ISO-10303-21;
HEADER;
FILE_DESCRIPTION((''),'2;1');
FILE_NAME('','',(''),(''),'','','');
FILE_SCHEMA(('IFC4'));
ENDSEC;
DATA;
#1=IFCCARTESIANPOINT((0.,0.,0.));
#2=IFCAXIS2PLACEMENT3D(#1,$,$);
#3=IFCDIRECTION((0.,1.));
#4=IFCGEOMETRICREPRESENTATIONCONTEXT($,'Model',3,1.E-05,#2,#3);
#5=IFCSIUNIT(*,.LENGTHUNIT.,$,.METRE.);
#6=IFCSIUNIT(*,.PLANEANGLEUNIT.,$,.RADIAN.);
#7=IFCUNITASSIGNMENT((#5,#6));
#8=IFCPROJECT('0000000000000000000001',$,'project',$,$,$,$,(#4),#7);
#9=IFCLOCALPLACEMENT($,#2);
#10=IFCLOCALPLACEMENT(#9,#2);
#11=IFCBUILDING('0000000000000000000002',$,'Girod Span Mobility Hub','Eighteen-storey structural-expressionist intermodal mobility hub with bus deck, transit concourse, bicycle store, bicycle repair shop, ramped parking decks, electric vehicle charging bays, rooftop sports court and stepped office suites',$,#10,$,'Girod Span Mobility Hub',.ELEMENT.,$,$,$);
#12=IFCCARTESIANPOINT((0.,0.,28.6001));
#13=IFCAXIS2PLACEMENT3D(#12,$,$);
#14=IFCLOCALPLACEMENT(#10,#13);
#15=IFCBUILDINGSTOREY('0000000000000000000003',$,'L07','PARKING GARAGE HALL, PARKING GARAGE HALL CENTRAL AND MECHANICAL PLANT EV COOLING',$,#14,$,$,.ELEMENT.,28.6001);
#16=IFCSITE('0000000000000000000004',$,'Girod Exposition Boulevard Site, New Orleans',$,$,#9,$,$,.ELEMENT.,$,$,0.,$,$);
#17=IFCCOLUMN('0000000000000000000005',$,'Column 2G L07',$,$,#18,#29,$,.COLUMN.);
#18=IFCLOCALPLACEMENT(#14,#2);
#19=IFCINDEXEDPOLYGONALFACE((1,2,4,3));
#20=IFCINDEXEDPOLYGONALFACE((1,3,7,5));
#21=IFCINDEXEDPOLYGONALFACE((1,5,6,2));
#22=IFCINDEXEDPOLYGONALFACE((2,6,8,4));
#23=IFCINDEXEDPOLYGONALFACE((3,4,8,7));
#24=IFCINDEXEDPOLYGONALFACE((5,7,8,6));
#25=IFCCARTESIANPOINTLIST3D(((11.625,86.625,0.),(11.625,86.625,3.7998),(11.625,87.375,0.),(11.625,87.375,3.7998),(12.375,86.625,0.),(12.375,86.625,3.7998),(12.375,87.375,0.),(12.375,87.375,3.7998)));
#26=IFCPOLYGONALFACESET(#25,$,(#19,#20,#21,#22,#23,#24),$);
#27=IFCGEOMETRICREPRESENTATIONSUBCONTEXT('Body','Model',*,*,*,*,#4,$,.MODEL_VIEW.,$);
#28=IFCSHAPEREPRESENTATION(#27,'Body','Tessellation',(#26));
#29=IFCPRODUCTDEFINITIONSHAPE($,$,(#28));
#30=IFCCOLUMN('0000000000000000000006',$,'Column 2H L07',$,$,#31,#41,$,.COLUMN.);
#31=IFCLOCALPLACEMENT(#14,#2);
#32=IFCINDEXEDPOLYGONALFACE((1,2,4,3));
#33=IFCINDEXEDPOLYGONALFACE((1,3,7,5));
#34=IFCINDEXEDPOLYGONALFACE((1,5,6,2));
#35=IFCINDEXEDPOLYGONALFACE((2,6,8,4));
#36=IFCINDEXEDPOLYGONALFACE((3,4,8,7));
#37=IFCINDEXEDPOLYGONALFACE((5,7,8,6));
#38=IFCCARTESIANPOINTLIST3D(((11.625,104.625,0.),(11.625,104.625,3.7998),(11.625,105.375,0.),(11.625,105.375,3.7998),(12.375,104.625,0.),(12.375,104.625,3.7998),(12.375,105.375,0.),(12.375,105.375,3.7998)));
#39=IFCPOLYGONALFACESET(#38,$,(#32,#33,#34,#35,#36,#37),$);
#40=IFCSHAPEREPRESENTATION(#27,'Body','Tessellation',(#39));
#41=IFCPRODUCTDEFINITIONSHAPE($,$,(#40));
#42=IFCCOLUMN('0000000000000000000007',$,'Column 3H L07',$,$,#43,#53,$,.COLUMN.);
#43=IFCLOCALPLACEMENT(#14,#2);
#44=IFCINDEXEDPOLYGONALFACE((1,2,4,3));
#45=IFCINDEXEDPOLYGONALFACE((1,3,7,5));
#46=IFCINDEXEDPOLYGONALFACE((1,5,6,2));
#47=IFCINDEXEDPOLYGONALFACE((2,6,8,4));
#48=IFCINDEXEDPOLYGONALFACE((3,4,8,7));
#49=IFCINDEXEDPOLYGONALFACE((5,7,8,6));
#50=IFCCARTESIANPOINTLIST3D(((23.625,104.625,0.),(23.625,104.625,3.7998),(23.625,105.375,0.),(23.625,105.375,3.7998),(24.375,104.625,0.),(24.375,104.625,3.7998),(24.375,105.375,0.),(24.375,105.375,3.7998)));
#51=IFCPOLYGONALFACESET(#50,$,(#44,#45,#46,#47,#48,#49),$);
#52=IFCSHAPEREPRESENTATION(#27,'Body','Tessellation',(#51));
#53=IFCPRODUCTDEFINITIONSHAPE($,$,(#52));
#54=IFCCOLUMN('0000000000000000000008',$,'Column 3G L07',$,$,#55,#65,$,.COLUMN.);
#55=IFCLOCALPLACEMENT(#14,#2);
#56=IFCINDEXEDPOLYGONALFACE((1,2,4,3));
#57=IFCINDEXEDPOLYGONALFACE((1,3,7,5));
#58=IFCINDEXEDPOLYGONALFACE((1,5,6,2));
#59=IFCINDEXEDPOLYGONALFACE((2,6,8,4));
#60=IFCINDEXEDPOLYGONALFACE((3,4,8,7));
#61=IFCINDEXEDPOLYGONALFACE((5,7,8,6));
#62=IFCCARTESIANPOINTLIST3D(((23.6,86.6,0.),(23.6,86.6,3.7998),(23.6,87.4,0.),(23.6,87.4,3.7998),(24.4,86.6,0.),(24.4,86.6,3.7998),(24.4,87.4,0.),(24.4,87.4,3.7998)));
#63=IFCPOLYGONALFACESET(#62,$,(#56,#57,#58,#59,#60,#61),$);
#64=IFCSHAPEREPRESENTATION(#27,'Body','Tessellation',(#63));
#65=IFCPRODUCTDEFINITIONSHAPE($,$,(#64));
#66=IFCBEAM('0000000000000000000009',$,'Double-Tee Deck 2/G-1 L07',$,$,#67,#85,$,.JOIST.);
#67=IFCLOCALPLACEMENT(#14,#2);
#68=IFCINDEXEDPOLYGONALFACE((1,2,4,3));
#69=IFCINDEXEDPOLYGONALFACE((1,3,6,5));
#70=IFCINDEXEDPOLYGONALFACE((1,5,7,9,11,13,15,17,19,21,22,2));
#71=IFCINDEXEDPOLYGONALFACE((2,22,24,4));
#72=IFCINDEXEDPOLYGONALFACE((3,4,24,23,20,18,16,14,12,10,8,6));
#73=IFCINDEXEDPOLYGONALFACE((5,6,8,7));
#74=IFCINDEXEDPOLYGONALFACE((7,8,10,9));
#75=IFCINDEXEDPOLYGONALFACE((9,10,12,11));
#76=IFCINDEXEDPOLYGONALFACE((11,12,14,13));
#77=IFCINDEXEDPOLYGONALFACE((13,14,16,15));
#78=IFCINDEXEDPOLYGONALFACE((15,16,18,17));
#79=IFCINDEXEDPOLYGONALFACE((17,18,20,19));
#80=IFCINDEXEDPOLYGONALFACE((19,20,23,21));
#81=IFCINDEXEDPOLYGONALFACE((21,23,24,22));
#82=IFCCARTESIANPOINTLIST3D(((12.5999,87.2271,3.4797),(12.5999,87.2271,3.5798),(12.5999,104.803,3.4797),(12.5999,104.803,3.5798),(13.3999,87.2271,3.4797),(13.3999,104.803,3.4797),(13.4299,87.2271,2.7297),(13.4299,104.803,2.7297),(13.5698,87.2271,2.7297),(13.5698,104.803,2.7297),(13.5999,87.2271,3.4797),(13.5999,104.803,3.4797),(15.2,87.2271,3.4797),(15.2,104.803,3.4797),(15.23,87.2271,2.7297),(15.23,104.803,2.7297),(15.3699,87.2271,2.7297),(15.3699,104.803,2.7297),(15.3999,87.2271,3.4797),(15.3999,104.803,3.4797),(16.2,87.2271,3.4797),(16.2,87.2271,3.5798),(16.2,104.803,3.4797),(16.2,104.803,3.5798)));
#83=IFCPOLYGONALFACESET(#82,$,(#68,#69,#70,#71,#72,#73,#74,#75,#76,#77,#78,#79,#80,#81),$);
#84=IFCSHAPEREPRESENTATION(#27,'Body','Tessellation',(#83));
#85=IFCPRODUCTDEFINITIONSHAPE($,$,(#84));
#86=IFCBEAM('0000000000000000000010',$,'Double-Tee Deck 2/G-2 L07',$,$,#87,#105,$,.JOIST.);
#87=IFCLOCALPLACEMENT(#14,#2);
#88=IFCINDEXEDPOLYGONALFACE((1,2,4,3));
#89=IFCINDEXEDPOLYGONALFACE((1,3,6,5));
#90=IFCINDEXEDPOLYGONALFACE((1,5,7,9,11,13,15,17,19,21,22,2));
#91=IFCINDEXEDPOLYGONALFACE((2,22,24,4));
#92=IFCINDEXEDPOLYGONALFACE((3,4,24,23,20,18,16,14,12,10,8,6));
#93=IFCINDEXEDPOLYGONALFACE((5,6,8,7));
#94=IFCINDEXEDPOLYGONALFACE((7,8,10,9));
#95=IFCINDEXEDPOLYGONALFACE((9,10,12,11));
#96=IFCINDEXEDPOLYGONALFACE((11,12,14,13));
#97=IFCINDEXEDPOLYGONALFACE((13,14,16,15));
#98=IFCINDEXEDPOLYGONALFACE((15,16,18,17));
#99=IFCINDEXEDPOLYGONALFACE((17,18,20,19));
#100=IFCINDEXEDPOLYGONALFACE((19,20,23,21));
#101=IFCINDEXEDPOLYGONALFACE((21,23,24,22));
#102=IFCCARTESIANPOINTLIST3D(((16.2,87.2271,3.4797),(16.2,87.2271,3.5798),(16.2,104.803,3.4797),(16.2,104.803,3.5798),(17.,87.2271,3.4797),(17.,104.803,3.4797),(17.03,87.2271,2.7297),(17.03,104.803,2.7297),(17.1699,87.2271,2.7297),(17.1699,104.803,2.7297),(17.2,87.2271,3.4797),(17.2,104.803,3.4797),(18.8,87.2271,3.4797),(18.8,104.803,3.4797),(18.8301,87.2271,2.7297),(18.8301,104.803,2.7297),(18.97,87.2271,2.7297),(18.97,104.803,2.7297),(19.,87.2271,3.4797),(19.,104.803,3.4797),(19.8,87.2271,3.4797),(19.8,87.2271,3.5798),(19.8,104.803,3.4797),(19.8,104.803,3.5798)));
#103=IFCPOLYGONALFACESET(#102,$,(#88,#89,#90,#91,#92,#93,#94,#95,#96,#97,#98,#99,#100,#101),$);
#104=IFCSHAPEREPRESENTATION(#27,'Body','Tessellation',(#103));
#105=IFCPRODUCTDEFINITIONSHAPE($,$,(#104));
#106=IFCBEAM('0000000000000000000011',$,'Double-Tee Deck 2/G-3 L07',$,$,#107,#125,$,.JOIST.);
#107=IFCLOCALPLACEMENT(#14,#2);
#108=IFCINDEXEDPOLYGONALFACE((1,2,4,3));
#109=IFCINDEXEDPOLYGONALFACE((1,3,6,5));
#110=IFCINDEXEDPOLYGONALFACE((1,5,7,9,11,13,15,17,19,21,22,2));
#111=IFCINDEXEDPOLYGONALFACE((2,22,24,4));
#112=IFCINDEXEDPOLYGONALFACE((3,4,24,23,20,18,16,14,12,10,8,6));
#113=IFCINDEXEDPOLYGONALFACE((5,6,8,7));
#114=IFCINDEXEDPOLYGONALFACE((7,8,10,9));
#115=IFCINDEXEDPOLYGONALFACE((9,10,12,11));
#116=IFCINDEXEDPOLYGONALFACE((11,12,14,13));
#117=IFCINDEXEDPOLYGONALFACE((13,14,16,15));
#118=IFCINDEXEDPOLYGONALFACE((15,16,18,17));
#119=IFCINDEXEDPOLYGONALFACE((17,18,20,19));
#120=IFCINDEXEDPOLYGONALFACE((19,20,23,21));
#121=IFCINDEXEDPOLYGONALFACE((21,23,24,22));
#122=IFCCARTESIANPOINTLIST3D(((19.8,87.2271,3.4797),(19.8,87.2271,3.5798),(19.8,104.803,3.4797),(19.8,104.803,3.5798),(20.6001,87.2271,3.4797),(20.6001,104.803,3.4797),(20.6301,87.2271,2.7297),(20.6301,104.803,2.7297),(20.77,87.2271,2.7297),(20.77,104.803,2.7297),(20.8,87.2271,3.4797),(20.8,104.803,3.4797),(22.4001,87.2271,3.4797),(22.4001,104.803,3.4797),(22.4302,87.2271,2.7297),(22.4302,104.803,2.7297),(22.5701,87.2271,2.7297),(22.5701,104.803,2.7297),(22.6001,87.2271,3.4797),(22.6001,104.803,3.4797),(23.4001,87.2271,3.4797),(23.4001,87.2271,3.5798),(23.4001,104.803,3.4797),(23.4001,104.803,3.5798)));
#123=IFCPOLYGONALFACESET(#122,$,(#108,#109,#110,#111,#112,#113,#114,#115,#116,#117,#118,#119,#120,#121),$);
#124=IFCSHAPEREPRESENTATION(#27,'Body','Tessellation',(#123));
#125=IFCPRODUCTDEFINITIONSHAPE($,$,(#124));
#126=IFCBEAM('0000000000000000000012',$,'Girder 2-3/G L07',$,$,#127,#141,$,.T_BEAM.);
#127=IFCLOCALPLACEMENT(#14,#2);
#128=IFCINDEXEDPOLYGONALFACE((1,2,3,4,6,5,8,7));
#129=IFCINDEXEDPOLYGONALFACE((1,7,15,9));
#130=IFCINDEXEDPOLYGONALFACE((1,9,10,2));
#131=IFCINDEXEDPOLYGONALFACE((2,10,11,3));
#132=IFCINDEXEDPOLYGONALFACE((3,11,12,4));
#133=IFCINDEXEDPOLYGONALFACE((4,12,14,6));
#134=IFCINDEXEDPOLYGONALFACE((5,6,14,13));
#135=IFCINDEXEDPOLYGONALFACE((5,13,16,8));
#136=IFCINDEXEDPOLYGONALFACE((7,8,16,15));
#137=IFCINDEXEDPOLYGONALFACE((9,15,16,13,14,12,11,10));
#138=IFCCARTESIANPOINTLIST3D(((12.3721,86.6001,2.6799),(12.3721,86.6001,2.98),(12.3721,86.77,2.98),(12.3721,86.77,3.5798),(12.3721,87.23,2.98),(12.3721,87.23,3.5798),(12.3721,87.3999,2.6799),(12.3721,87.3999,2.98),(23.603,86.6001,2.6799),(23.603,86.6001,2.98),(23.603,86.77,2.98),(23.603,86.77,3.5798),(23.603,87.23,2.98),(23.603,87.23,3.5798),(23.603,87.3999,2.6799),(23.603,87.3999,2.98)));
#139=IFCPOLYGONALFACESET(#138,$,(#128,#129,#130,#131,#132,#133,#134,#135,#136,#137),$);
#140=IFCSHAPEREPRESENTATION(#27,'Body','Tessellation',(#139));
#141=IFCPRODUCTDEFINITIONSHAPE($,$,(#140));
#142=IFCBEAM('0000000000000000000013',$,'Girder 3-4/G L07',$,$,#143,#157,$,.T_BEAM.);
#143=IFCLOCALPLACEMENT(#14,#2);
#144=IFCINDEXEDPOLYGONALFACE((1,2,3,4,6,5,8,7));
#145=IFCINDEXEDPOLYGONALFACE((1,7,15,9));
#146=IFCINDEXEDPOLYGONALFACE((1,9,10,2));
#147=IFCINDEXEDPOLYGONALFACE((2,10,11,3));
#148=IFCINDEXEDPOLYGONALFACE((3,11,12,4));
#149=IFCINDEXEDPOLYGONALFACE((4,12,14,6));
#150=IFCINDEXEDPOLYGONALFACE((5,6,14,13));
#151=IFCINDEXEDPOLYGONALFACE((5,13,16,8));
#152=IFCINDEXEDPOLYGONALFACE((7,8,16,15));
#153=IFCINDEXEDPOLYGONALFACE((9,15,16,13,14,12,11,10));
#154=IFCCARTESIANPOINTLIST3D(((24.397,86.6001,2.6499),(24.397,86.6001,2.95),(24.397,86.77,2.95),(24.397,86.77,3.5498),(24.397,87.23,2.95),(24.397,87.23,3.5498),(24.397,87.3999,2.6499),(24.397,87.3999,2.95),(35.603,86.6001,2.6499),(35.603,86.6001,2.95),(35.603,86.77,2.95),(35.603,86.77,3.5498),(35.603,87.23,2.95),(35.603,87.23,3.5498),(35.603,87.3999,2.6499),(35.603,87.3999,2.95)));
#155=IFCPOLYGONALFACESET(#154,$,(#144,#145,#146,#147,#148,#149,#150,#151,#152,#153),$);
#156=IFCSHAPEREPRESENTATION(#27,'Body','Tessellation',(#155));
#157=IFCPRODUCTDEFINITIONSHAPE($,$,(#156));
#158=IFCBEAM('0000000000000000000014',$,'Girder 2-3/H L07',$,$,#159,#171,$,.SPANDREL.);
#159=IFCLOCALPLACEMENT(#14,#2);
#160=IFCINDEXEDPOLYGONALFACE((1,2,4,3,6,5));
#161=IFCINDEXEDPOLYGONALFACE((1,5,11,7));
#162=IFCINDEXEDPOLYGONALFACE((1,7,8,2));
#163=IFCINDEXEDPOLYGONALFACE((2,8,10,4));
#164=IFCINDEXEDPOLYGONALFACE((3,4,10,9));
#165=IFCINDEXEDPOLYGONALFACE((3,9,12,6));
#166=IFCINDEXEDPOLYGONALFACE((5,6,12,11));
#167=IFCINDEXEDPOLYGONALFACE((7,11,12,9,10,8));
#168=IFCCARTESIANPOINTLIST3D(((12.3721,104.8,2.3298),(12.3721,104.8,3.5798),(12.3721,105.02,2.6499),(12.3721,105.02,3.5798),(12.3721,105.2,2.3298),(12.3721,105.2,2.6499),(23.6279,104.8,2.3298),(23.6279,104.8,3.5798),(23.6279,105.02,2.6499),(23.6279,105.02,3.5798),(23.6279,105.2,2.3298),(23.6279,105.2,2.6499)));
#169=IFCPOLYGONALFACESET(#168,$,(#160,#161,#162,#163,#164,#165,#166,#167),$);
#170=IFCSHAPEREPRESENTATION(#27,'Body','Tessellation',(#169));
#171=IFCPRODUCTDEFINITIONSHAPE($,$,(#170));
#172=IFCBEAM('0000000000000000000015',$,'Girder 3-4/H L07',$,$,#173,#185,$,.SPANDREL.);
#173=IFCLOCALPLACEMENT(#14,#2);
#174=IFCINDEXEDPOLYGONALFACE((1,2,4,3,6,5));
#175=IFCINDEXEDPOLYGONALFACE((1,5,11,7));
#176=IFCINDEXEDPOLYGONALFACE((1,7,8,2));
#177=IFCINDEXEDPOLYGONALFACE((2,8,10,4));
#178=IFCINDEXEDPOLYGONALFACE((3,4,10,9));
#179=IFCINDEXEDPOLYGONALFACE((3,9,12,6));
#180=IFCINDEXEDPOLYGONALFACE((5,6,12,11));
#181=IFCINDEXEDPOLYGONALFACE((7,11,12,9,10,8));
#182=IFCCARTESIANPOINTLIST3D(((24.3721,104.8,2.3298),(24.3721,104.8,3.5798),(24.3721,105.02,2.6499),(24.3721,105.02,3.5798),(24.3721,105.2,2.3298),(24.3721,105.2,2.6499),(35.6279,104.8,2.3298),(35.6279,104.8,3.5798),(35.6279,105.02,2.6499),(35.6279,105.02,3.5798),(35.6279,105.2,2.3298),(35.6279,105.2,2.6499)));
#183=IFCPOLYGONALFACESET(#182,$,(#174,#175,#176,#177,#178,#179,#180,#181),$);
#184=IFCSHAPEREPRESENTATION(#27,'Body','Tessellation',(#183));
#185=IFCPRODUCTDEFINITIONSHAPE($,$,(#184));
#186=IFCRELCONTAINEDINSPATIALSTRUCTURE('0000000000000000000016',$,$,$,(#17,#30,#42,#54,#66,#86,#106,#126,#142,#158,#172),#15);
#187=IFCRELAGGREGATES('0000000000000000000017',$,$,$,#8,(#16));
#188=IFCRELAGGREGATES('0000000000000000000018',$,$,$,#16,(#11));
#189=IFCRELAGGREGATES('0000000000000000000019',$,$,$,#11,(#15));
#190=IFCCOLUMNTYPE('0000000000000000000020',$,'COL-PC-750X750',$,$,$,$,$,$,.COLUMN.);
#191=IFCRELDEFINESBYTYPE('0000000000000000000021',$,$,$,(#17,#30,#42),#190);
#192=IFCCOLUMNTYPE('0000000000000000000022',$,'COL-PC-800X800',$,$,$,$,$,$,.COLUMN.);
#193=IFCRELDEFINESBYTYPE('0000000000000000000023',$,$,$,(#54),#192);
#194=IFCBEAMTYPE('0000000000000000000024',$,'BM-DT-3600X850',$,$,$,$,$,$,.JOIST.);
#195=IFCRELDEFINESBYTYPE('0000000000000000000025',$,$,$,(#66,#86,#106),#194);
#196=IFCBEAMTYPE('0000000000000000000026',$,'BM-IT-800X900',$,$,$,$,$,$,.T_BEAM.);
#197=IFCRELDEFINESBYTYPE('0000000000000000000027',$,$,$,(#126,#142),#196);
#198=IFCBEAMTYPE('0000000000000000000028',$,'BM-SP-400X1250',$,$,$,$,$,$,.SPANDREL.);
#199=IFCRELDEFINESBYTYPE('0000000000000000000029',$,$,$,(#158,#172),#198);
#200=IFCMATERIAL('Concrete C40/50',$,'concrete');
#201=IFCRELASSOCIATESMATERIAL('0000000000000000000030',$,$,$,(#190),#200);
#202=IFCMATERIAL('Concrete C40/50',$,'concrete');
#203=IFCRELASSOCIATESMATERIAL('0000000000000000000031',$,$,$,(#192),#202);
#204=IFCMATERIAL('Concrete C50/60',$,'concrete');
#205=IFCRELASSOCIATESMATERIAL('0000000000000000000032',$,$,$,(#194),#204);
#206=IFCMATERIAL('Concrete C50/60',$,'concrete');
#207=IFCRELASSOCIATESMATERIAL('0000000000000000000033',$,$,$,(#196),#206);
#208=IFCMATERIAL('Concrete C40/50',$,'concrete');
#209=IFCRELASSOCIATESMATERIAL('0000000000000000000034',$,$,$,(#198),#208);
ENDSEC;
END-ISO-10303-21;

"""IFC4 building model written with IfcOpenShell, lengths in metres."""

from ifc_helpers import new_model, si_unit, direction, frame, origin, origin_2d, place, context, subcontext, project, spatial, polyline, rectangle, outline, extrude, material, material_profile, profile_set, type_object, element, save


model = new_model("IFC4")

# Units and contexts
model_context = context("Model", 3, precision=1e-05, world=origin(), true_north=direction((0.0, 1.0)))
body_context = subcontext(model_context, "Body", "Model", "MODEL_VIEW")
ifc_project = project(units=[si_unit("LENGTHUNIT", "METRE"), si_unit("PLANEANGLEUNIT", "RADIAN")], contexts=[model_context])

# Site, building, storey
site_placement = place(None, origin())
site = spatial("IfcSite", under=ifc_project, at=site_placement, Name="Girod Exposition Boulevard Site, New Orleans", CompositionType="ELEMENT", RefElevation=0.0)
building_placement = place(site_placement, origin())
building = spatial("IfcBuilding", under=site, at=building_placement, Name="Girod Span Mobility Hub", Description="Eighteen-storey structural-expressionist intermodal mobility hub with bus deck, transit concourse, bicycle store, bicycle repair shop, ramped parking decks, electric vehicle charging bays, rooftop sports court and stepped office suites", LongName="Girod Span Mobility Hub", CompositionType="ELEMENT")
storey_placement = place(building_placement, frame((0.0, 0.0, 28.6001)))
storey = spatial("IfcBuildingStorey", under=building, at=storey_placement, Name="L07", Description="PARKING GARAGE HALL, PARKING GARAGE HALL CENTRAL AND MECHANICAL PLANT EV COOLING", CompositionType="ELEMENT", Elevation=28.6001)

# Columns
ifc_material_1 = material(Name="Concrete C40/50", Category="concrete")
ifc_material_profile_1 = material_profile(ifc_material_1, rectangle(XDim=0.75, YDim=0.75, at=origin_2d()), Name="PC-COL-750X750")
ifc_profile_set_1 = profile_set([ifc_material_profile_1], Name="Concrete C40/50")
column_type_1 = type_object("IfcColumnType", Name="COL-PC-750X750", PredefinedType="COLUMN", material=ifc_profile_set_1)
for number, where, z_axis, x_axis, name in (
    (1, (12.0, 87.0, 0.0), (0.0, 0.0, 1.0), (1.0, 0.0, 0.0), "Column 2G L07"),
    (2, (12.0, 105.0, 0.0), (0.0, 0.0, 1.0), (1.0, 0.0, 0.0), "Column 2H L07"),
    (3, (24.0, 105.0, 0.0), (0.0, 0.0, 1.0), (1.0, 0.0, 0.0), "Column 3H L07"),
):
    element("IfcColumn", number, at=place(storey_placement, frame(where, z_axis=z_axis, x_axis=x_axis)), inside=storey, type_object=column_type_1, Name=name, PredefinedType="COLUMN", context=body_context, shape_type="SweptSolid", body=[
        extrude(rectangle(XDim=0.75, YDim=0.75, at=origin_2d()), origin(), (0.0, 0.0, 1.0), 3.7998),
    ])
ifc_material_2 = material(Name="Concrete C40/50", Category="concrete")
ifc_material_profile_2 = material_profile(ifc_material_2, rectangle(XDim=0.8, YDim=0.8, at=origin_2d()), Name="PC-COL-800X800")
ifc_profile_set_2 = profile_set([ifc_material_profile_2], Name="Concrete C40/50")
column_type_2 = type_object("IfcColumnType", Name="COL-PC-800X800", PredefinedType="COLUMN", material=ifc_profile_set_2)
column_placement = place(storey_placement, frame((24.0, 87.0, 0.0), z_axis=(0.0, 0.0, 1.0), x_axis=(1.0, 0.0, 0.0)))
element("IfcColumn", 4, at=column_placement, inside=storey, type_object=column_type_2, Name="Column 3G L07", PredefinedType="COLUMN", context=body_context, shape_type="SweptSolid", body=[
    extrude(rectangle(XDim=0.8, YDim=0.8, at=origin_2d()), origin(), (0.0, 0.0, 1.0), 3.7998),
])

# Beams
ifc_material_3 = material(Name="Concrete C50/60", Category="concrete")
ifc_material_profile_3 = material_profile(ifc_material_3, outline(polyline([(-1.8, 0.425), (-1.8, 0.325), (-1.0, 0.325), (-0.97, -0.425), (-0.8301, -0.425), (-0.8, 0.325), (0.8, 0.325), (0.8301, -0.425), (0.97, -0.425), (1.0, 0.325), (1.8, 0.325), (1.8, 0.425), (-1.8, 0.425)])), Name="DT-3600X850")
ifc_profile_set_3 = profile_set([ifc_material_profile_3], Name="Concrete C50/60")
beam_type_1 = type_object("IfcBeamType", Name="BM-DT-3600X850", PredefinedType="JOIST", material=ifc_profile_set_3)
for number, where, z_axis, x_axis, name in (
    (5, (14.3999, 87.2271, 3.1548), (0.0, 1.0, 0.0), (-1.0, 0.0, 0.0), "Double-Tee Deck 2/G-1 L07"),
    (6, (18.0, 87.2271, 3.1548), (0.0, 1.0, 0.0), (-1.0, 0.0, 0.0), "Double-Tee Deck 2/G-2 L07"),
    (7, (21.6001, 87.2271, 3.1548), (0.0, 1.0, 0.0), (-1.0, 0.0, 0.0), "Double-Tee Deck 2/G-3 L07"),
):
    element("IfcBeam", number, at=place(storey_placement, frame(where, z_axis=z_axis, x_axis=x_axis)), inside=storey, type_object=beam_type_1, Name=name, PredefinedType="JOIST", context=body_context, shape_type="SweptSolid", body=[
        extrude(outline(polyline([(-1.8, 0.425), (-1.8, 0.325), (-1.0, 0.325), (-0.97, -0.425), (-0.8301, -0.425), (-0.8, 0.325), (0.8, 0.325), (0.8301, -0.425), (0.97, -0.425), (1.0, 0.325), (1.8, 0.325), (1.8, 0.425), (-1.8, 0.425)])), origin(), (0.0, 0.0, 1.0), 17.5759),
    ])
ifc_material_4 = material(Name="Concrete C50/60", Category="concrete")
ifc_material_profile_4 = material_profile(ifc_material_4, outline(polyline([(-0.3999, -0.45), (0.3999, -0.45), (0.3999, -0.1499), (0.23, -0.1499), (0.23, 0.45), (-0.23, 0.45), (-0.23, -0.1499), (-0.3999, -0.1499), (-0.3999, -0.45)])), Name="IT-800X900")
ifc_profile_set_4 = profile_set([ifc_material_profile_4], Name="Concrete C50/60")
beam_type_2 = type_object("IfcBeamType", Name="BM-IT-800X900", PredefinedType="T_BEAM", material=ifc_profile_set_4)
beam_1_placement = place(storey_placement, frame((12.3721, 87.0, 3.1299), z_axis=(1.0, 0.0, 0.0), x_axis=(0.0, 1.0, 0.0)))
element("IfcBeam", 8, at=beam_1_placement, inside=storey, type_object=beam_type_2, Name="Girder 2-3/G L07", PredefinedType="T_BEAM", context=body_context, shape_type="SweptSolid", body=[
    extrude(outline(polyline([(-0.3999, -0.45), (0.3999, -0.45), (0.3999, -0.1499), (0.23, -0.1499), (0.23, 0.45), (-0.23, 0.45), (-0.23, -0.1499), (-0.3999, -0.1499), (-0.3999, -0.45)])), origin(), (0.0, 0.0, 1.0), 11.231),
])
beam_2_placement = place(storey_placement, frame((24.397, 87.0, 3.0999), z_axis=(1.0, 0.0, 0.0), x_axis=(0.0, 1.0, 0.0)))
element("IfcBeam", 9, at=beam_2_placement, inside=storey, type_object=beam_type_2, Name="Girder 3-4/G L07", PredefinedType="T_BEAM", context=body_context, shape_type="SweptSolid", body=[
    extrude(outline(polyline([(-0.3999, -0.45), (0.3999, -0.45), (0.3999, -0.1499), (0.23, -0.1499), (0.23, 0.45), (-0.23, 0.45), (-0.23, -0.1499), (-0.3999, -0.1499), (-0.3999, -0.45)])), origin(), (0.0, 0.0, 1.0), 11.2061),
])
ifc_material_5 = material(Name="Concrete C40/50", Category="concrete")
ifc_material_profile_5 = material_profile(ifc_material_5, outline(polyline([(-0.2, -0.625), (0.2, -0.625), (0.2, -0.3049), (0.02, -0.3049), (0.02, 0.625), (-0.2, 0.625), (-0.2, -0.625)])), Name="SP-400X1250")
ifc_profile_set_5 = profile_set([ifc_material_profile_5], Name="Concrete C40/50")
beam_type_3 = type_object("IfcBeamType", Name="BM-SP-400X1250", PredefinedType="SPANDREL", material=ifc_profile_set_5)
for number, where, z_axis, x_axis, name in (
    (10, (12.3721, 105.0, 2.9548), (1.0, 0.0, 0.0), (0.0, 1.0, 0.0), "Girder 2-3/H L07"),
    (11, (24.3721, 105.0, 2.9548), (1.0, 0.0, 0.0), (0.0, 1.0, 0.0), "Girder 3-4/H L07"),
):
    element("IfcBeam", number, at=place(storey_placement, frame(where, z_axis=z_axis, x_axis=x_axis)), inside=storey, type_object=beam_type_3, Name=name, PredefinedType="SPANDREL", context=body_context, shape_type="SweptSolid", body=[
        extrude(outline(polyline([(-0.2, -0.625), (0.2, -0.625), (0.2, -0.3049), (0.02, -0.3049), (0.02, 0.625), (-0.2, 0.625), (-0.2, -0.625)])), origin(), (0.0, 0.0, 1.0), 11.2559),
    ])

save(model, "model.ifc")
